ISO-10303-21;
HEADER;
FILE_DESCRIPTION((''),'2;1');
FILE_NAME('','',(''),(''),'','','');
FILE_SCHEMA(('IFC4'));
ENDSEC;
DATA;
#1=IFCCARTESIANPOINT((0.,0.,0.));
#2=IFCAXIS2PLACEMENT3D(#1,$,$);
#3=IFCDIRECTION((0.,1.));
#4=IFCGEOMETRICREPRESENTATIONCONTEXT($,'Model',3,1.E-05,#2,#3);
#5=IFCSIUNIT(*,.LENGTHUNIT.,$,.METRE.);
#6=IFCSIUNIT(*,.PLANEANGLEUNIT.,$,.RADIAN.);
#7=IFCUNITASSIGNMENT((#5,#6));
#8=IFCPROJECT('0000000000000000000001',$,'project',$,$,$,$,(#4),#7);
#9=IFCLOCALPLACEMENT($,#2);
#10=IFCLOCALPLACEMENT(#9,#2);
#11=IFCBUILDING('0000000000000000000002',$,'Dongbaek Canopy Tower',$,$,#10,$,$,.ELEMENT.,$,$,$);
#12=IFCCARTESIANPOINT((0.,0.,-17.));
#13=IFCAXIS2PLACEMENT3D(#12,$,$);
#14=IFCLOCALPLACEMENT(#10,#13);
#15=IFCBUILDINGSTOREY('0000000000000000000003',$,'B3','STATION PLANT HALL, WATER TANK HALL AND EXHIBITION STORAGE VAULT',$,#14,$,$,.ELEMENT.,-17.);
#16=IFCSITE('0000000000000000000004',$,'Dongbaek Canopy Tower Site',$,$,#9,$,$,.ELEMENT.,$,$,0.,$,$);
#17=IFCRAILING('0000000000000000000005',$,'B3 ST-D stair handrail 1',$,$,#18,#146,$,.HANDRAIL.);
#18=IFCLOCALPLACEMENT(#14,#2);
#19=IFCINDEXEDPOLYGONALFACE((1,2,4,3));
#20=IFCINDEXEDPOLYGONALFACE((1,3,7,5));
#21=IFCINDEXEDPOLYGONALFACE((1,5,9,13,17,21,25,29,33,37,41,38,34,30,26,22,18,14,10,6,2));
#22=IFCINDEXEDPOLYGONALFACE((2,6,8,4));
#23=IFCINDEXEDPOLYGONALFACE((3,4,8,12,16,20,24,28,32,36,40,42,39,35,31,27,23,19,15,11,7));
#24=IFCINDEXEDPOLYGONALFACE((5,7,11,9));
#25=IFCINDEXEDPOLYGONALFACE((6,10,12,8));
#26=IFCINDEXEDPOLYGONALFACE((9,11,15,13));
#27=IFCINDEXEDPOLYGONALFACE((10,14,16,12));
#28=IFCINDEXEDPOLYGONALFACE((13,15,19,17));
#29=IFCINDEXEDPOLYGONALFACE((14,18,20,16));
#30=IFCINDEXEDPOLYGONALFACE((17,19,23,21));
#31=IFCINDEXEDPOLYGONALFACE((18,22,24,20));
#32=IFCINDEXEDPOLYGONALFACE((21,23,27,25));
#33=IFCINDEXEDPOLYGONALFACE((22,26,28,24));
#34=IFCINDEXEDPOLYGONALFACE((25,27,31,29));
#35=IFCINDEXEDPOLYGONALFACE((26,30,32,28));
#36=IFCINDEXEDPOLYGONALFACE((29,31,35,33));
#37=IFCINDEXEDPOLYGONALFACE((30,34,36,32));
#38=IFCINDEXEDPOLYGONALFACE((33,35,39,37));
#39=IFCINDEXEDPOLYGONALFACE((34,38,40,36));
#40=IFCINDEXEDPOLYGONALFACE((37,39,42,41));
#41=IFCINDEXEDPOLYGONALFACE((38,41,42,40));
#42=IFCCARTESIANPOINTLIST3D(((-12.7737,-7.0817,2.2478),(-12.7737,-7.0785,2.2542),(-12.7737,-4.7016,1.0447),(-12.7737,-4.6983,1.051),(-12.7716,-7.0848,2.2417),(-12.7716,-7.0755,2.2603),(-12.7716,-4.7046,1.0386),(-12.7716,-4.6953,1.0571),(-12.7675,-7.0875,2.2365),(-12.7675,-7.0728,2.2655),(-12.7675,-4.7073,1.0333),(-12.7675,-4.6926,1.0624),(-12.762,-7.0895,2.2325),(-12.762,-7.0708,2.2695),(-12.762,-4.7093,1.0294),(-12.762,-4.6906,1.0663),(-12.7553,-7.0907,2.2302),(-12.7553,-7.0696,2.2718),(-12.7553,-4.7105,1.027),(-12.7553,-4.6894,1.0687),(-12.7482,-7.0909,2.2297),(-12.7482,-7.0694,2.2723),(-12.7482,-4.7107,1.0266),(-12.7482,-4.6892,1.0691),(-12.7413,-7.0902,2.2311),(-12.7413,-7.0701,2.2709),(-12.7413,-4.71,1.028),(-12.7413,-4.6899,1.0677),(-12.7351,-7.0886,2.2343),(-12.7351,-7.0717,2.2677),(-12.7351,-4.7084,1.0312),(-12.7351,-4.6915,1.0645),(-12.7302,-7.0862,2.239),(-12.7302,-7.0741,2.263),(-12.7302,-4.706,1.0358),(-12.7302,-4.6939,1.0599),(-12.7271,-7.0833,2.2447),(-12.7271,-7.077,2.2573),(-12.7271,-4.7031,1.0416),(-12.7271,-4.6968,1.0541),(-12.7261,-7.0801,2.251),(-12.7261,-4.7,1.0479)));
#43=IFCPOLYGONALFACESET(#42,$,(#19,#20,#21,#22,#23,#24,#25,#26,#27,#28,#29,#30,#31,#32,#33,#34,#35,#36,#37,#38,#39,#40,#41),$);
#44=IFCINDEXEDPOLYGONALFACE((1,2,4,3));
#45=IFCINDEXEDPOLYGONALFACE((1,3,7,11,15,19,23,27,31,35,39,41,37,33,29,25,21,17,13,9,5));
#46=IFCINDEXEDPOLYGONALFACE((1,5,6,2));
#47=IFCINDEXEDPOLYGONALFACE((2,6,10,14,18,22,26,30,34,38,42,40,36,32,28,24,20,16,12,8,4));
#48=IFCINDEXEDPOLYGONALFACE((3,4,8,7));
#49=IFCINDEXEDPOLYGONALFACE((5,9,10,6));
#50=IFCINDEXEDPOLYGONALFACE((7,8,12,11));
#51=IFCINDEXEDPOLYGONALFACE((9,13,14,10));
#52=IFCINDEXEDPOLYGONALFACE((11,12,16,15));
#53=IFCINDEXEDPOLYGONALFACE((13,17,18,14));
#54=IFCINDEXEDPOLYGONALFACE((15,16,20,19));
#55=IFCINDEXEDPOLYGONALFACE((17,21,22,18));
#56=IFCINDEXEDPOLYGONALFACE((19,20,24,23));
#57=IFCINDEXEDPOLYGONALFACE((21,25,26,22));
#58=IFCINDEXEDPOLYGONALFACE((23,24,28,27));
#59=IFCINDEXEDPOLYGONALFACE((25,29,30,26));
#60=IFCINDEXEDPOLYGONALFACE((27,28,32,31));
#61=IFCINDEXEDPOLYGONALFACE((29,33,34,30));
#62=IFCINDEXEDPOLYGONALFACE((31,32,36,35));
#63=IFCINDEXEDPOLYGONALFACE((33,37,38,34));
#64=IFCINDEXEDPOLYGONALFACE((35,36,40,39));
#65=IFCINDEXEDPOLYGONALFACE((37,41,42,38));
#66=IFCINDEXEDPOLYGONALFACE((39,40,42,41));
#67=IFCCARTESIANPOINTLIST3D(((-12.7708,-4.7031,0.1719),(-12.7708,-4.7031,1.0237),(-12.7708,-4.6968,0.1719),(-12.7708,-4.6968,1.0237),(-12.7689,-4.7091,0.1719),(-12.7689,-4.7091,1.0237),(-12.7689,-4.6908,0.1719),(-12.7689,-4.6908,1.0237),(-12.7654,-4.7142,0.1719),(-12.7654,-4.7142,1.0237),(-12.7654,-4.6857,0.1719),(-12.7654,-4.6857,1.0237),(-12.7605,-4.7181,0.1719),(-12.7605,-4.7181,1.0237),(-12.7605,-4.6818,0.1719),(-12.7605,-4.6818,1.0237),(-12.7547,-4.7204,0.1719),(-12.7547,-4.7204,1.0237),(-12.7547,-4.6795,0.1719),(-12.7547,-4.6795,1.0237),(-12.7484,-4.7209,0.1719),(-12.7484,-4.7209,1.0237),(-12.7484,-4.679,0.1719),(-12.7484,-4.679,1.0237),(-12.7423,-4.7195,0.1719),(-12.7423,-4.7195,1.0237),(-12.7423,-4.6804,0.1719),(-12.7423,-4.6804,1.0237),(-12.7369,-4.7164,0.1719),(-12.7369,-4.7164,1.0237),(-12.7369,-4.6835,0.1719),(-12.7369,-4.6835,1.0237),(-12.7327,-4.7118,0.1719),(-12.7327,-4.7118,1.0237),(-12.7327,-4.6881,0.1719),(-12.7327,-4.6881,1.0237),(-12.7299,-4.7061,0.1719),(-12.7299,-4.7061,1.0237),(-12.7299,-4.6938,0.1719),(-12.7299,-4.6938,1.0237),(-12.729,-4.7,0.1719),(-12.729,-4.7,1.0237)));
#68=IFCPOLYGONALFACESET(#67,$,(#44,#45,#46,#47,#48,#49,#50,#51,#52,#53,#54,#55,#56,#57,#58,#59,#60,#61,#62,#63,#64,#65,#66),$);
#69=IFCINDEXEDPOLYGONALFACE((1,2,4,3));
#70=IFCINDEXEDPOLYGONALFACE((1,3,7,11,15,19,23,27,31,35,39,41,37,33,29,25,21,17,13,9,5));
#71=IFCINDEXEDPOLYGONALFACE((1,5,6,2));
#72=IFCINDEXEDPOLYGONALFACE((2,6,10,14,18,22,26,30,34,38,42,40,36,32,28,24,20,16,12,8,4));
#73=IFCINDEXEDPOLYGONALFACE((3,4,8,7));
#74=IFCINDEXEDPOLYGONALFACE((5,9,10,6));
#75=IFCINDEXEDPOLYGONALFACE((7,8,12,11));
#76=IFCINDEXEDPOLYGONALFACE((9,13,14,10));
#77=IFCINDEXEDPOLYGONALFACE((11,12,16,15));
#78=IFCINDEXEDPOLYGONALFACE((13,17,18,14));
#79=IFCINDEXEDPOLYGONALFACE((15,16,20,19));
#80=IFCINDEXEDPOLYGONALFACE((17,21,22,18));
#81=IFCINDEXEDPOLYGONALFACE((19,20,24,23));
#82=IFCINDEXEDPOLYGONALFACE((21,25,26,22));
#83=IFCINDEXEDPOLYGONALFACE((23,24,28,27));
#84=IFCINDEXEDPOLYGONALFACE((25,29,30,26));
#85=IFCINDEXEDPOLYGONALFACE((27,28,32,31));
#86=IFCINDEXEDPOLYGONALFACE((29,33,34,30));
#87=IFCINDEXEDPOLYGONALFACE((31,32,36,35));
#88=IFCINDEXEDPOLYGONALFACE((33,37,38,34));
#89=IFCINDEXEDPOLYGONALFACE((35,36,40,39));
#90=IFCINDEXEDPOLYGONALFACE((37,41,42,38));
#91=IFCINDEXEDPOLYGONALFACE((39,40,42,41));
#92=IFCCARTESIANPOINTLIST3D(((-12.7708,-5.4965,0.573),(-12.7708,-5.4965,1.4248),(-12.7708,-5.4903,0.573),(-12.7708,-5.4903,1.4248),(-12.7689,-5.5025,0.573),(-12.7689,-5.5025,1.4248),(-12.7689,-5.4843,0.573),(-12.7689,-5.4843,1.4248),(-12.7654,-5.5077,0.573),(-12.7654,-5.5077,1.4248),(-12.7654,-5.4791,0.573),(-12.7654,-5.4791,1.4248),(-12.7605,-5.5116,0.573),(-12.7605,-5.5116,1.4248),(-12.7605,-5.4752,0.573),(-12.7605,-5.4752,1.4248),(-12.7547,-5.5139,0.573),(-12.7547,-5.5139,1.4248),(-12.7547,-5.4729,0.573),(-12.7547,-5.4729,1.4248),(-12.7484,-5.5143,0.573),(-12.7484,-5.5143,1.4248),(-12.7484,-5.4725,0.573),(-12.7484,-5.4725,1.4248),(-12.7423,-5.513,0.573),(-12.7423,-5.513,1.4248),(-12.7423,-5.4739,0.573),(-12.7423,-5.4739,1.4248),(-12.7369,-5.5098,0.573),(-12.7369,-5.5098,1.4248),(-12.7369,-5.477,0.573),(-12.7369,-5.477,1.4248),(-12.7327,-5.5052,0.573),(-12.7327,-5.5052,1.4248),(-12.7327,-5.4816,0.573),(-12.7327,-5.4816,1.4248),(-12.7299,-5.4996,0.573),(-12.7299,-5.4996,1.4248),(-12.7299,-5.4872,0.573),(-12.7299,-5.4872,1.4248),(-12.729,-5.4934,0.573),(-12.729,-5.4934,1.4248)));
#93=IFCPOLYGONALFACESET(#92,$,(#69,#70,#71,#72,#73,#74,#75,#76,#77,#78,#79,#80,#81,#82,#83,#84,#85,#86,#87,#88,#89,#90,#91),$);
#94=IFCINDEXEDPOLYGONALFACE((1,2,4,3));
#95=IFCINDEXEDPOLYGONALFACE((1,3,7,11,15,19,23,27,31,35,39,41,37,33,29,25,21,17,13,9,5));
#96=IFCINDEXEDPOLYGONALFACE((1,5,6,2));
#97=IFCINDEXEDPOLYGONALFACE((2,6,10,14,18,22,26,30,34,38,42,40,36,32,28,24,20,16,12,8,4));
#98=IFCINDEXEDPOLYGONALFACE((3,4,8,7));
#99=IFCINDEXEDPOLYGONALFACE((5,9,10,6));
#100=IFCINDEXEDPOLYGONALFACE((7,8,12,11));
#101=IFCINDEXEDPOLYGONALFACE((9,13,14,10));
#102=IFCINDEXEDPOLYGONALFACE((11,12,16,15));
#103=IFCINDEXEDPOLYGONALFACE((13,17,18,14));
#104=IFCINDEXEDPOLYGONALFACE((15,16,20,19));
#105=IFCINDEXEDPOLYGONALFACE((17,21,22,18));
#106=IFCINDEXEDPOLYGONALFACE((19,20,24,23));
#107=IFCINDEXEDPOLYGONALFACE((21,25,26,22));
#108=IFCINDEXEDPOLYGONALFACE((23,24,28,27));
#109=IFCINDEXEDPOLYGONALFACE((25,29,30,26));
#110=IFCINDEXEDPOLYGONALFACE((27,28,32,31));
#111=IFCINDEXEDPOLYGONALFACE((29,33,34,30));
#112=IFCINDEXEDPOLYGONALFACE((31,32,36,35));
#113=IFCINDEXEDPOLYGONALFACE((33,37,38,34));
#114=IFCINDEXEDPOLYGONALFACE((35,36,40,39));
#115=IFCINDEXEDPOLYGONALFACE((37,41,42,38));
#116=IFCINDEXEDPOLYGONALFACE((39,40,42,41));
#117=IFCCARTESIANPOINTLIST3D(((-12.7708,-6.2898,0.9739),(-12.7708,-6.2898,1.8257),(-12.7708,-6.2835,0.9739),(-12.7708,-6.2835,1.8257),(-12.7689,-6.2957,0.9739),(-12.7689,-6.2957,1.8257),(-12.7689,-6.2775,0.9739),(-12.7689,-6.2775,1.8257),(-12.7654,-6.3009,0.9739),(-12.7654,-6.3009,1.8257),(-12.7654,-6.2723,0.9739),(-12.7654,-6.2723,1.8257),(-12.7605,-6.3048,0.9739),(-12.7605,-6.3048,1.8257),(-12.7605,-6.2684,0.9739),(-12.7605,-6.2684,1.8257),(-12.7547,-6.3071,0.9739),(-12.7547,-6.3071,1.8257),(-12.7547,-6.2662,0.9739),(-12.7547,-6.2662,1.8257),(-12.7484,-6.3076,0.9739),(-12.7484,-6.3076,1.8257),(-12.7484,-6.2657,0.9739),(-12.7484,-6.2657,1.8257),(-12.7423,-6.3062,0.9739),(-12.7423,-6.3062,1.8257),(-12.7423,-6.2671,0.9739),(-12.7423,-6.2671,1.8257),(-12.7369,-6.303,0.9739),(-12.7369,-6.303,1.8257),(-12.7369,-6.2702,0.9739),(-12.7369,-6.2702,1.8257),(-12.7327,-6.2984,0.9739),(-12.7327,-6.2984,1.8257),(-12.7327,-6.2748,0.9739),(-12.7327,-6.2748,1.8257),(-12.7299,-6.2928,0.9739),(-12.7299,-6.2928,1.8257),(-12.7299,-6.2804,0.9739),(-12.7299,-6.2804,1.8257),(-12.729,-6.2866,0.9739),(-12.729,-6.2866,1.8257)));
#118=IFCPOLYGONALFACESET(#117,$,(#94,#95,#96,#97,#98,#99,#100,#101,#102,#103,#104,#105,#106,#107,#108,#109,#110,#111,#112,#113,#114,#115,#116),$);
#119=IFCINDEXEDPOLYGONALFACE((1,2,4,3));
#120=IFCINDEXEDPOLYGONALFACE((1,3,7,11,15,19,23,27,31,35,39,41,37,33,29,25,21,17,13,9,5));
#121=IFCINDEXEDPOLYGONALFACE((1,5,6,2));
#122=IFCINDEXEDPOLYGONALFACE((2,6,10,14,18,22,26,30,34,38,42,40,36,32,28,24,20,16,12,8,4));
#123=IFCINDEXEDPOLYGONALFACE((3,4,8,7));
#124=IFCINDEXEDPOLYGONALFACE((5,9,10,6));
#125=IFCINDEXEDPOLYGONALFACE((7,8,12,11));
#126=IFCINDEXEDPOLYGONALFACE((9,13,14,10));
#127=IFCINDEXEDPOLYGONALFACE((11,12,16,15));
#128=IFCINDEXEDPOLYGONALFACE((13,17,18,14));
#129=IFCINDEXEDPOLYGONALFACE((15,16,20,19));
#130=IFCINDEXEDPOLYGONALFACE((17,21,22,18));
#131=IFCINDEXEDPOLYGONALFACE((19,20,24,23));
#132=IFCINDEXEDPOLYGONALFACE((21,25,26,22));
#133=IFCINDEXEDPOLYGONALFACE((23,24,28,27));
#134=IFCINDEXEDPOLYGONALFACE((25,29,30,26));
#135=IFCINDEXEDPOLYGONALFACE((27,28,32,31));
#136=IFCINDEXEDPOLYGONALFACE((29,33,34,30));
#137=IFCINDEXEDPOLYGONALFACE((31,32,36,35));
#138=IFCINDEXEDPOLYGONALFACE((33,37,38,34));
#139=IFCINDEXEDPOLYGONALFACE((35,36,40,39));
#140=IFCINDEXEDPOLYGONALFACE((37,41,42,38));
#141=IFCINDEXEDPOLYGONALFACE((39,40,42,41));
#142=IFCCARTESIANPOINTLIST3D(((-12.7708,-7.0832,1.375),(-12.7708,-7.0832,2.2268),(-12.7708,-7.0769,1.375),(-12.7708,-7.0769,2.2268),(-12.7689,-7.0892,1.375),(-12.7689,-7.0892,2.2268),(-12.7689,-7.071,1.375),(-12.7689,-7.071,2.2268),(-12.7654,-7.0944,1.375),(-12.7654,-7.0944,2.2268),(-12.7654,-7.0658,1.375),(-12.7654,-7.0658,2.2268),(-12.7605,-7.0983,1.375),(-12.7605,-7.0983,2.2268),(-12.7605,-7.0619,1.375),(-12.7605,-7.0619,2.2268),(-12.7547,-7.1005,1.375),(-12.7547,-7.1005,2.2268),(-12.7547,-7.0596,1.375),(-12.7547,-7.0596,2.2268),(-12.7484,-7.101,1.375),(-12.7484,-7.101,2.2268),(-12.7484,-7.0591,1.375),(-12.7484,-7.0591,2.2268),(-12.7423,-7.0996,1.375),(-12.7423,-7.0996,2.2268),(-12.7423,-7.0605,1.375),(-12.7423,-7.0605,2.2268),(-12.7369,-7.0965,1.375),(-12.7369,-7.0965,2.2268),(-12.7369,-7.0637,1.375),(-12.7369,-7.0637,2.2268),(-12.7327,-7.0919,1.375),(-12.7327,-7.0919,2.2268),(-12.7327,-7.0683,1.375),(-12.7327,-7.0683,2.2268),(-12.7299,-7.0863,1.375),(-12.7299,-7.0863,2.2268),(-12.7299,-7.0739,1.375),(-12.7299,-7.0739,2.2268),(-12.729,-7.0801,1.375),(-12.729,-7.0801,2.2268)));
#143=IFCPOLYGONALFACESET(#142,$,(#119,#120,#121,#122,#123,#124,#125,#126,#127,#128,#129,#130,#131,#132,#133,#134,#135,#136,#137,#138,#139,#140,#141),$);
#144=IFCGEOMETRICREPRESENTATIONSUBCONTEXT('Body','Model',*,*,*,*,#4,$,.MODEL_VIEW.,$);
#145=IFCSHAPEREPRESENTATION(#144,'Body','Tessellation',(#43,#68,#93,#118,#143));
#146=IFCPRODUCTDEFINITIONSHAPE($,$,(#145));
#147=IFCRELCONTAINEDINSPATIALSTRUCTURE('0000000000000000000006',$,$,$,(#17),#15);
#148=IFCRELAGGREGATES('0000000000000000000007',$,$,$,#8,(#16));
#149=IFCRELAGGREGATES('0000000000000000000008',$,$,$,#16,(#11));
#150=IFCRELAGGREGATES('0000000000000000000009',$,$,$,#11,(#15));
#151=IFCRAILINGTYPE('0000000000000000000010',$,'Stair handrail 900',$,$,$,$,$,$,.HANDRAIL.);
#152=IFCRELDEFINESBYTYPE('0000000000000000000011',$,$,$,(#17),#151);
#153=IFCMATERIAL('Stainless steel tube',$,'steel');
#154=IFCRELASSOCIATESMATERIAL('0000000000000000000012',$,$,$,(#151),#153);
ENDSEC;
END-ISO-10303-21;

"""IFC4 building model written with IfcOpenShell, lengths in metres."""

from ifc_helpers import new_model, si_unit, direction, frame, origin, origin_2d, place, context, subcontext, project, spatial, circle, extrude, material, type_object, element, save


model = new_model("IFC4")

# Units and contexts
model_context = context("Model", 3, precision=1e-05, world=origin(), true_north=direction((0.0, 1.0)))
body_context = subcontext(model_context, "Body", "Model", "MODEL_VIEW")
ifc_project = project(units=[si_unit("LENGTHUNIT", "METRE"), si_unit("PLANEANGLEUNIT", "RADIAN")], contexts=[model_context])

# Site, building, storey
site_placement = place(None, origin())
site = spatial("IfcSite", under=ifc_project, at=site_placement, Name="Dongbaek Canopy Tower Site", CompositionType="ELEMENT", RefElevation=0.0)
building_placement = place(site_placement, origin())
building = spatial("IfcBuilding", under=site, at=building_placement, Name="Dongbaek Canopy Tower", CompositionType="ELEMENT")
storey_placement = place(building_placement, frame((0.0, 0.0, -17.0)))
storey = spatial("IfcBuildingStorey", under=building, at=storey_placement, Name="B3", Description="STATION PLANT HALL, WATER TANK HALL AND EXHIBITION STORAGE VAULT", CompositionType="ELEMENT", Elevation=-17.0)

# Railing
ifc_material_1 = material(Name="Stainless steel tube", Category="steel")
railing_type_1 = type_object("IfcRailingType", Name="Stair handrail 900", PredefinedType="HANDRAIL", material=ifc_material_1)
railing_1_placement = place(storey_placement, frame((-12.75, -4.7, 0.1719)))
element("IfcRailing", 1, at=railing_1_placement, inside=storey, type_object=railing_type_1, Name="B3 ST-D stair handrail 1", PredefinedType="HANDRAIL", context=body_context, shape_type="SweptSolid", body=[
    extrude(circle(Radius=0.0239, at=origin_2d()), frame((0.0, 0.0, 0.876), z_axis=(0.0, -0.89246, 0.451127), x_axis=(1.0, 0.0, 0.0)), (0.0, 0.0, 1.0), 2.667),
    extrude(circle(Radius=0.021, at=origin_2d()), origin(), (0.0, 0.0, 1.0), 0.8518),
    extrude(circle(Radius=0.021, at=origin_2d()), frame((0.0, -0.7935, 0.4011)), (0.0, 0.0, 1.0), 0.8518),
    extrude(circle(Radius=0.021, at=origin_2d()), frame((0.0, -1.5867, 0.802)), (0.0, 0.0, 1.0), 0.8518),
    extrude(circle(Radius=0.021, at=origin_2d()), frame((0.0, -2.3801, 1.2031)), (0.0, 0.0, 1.0), 0.8518),
])

save(model, "model.ifc")
